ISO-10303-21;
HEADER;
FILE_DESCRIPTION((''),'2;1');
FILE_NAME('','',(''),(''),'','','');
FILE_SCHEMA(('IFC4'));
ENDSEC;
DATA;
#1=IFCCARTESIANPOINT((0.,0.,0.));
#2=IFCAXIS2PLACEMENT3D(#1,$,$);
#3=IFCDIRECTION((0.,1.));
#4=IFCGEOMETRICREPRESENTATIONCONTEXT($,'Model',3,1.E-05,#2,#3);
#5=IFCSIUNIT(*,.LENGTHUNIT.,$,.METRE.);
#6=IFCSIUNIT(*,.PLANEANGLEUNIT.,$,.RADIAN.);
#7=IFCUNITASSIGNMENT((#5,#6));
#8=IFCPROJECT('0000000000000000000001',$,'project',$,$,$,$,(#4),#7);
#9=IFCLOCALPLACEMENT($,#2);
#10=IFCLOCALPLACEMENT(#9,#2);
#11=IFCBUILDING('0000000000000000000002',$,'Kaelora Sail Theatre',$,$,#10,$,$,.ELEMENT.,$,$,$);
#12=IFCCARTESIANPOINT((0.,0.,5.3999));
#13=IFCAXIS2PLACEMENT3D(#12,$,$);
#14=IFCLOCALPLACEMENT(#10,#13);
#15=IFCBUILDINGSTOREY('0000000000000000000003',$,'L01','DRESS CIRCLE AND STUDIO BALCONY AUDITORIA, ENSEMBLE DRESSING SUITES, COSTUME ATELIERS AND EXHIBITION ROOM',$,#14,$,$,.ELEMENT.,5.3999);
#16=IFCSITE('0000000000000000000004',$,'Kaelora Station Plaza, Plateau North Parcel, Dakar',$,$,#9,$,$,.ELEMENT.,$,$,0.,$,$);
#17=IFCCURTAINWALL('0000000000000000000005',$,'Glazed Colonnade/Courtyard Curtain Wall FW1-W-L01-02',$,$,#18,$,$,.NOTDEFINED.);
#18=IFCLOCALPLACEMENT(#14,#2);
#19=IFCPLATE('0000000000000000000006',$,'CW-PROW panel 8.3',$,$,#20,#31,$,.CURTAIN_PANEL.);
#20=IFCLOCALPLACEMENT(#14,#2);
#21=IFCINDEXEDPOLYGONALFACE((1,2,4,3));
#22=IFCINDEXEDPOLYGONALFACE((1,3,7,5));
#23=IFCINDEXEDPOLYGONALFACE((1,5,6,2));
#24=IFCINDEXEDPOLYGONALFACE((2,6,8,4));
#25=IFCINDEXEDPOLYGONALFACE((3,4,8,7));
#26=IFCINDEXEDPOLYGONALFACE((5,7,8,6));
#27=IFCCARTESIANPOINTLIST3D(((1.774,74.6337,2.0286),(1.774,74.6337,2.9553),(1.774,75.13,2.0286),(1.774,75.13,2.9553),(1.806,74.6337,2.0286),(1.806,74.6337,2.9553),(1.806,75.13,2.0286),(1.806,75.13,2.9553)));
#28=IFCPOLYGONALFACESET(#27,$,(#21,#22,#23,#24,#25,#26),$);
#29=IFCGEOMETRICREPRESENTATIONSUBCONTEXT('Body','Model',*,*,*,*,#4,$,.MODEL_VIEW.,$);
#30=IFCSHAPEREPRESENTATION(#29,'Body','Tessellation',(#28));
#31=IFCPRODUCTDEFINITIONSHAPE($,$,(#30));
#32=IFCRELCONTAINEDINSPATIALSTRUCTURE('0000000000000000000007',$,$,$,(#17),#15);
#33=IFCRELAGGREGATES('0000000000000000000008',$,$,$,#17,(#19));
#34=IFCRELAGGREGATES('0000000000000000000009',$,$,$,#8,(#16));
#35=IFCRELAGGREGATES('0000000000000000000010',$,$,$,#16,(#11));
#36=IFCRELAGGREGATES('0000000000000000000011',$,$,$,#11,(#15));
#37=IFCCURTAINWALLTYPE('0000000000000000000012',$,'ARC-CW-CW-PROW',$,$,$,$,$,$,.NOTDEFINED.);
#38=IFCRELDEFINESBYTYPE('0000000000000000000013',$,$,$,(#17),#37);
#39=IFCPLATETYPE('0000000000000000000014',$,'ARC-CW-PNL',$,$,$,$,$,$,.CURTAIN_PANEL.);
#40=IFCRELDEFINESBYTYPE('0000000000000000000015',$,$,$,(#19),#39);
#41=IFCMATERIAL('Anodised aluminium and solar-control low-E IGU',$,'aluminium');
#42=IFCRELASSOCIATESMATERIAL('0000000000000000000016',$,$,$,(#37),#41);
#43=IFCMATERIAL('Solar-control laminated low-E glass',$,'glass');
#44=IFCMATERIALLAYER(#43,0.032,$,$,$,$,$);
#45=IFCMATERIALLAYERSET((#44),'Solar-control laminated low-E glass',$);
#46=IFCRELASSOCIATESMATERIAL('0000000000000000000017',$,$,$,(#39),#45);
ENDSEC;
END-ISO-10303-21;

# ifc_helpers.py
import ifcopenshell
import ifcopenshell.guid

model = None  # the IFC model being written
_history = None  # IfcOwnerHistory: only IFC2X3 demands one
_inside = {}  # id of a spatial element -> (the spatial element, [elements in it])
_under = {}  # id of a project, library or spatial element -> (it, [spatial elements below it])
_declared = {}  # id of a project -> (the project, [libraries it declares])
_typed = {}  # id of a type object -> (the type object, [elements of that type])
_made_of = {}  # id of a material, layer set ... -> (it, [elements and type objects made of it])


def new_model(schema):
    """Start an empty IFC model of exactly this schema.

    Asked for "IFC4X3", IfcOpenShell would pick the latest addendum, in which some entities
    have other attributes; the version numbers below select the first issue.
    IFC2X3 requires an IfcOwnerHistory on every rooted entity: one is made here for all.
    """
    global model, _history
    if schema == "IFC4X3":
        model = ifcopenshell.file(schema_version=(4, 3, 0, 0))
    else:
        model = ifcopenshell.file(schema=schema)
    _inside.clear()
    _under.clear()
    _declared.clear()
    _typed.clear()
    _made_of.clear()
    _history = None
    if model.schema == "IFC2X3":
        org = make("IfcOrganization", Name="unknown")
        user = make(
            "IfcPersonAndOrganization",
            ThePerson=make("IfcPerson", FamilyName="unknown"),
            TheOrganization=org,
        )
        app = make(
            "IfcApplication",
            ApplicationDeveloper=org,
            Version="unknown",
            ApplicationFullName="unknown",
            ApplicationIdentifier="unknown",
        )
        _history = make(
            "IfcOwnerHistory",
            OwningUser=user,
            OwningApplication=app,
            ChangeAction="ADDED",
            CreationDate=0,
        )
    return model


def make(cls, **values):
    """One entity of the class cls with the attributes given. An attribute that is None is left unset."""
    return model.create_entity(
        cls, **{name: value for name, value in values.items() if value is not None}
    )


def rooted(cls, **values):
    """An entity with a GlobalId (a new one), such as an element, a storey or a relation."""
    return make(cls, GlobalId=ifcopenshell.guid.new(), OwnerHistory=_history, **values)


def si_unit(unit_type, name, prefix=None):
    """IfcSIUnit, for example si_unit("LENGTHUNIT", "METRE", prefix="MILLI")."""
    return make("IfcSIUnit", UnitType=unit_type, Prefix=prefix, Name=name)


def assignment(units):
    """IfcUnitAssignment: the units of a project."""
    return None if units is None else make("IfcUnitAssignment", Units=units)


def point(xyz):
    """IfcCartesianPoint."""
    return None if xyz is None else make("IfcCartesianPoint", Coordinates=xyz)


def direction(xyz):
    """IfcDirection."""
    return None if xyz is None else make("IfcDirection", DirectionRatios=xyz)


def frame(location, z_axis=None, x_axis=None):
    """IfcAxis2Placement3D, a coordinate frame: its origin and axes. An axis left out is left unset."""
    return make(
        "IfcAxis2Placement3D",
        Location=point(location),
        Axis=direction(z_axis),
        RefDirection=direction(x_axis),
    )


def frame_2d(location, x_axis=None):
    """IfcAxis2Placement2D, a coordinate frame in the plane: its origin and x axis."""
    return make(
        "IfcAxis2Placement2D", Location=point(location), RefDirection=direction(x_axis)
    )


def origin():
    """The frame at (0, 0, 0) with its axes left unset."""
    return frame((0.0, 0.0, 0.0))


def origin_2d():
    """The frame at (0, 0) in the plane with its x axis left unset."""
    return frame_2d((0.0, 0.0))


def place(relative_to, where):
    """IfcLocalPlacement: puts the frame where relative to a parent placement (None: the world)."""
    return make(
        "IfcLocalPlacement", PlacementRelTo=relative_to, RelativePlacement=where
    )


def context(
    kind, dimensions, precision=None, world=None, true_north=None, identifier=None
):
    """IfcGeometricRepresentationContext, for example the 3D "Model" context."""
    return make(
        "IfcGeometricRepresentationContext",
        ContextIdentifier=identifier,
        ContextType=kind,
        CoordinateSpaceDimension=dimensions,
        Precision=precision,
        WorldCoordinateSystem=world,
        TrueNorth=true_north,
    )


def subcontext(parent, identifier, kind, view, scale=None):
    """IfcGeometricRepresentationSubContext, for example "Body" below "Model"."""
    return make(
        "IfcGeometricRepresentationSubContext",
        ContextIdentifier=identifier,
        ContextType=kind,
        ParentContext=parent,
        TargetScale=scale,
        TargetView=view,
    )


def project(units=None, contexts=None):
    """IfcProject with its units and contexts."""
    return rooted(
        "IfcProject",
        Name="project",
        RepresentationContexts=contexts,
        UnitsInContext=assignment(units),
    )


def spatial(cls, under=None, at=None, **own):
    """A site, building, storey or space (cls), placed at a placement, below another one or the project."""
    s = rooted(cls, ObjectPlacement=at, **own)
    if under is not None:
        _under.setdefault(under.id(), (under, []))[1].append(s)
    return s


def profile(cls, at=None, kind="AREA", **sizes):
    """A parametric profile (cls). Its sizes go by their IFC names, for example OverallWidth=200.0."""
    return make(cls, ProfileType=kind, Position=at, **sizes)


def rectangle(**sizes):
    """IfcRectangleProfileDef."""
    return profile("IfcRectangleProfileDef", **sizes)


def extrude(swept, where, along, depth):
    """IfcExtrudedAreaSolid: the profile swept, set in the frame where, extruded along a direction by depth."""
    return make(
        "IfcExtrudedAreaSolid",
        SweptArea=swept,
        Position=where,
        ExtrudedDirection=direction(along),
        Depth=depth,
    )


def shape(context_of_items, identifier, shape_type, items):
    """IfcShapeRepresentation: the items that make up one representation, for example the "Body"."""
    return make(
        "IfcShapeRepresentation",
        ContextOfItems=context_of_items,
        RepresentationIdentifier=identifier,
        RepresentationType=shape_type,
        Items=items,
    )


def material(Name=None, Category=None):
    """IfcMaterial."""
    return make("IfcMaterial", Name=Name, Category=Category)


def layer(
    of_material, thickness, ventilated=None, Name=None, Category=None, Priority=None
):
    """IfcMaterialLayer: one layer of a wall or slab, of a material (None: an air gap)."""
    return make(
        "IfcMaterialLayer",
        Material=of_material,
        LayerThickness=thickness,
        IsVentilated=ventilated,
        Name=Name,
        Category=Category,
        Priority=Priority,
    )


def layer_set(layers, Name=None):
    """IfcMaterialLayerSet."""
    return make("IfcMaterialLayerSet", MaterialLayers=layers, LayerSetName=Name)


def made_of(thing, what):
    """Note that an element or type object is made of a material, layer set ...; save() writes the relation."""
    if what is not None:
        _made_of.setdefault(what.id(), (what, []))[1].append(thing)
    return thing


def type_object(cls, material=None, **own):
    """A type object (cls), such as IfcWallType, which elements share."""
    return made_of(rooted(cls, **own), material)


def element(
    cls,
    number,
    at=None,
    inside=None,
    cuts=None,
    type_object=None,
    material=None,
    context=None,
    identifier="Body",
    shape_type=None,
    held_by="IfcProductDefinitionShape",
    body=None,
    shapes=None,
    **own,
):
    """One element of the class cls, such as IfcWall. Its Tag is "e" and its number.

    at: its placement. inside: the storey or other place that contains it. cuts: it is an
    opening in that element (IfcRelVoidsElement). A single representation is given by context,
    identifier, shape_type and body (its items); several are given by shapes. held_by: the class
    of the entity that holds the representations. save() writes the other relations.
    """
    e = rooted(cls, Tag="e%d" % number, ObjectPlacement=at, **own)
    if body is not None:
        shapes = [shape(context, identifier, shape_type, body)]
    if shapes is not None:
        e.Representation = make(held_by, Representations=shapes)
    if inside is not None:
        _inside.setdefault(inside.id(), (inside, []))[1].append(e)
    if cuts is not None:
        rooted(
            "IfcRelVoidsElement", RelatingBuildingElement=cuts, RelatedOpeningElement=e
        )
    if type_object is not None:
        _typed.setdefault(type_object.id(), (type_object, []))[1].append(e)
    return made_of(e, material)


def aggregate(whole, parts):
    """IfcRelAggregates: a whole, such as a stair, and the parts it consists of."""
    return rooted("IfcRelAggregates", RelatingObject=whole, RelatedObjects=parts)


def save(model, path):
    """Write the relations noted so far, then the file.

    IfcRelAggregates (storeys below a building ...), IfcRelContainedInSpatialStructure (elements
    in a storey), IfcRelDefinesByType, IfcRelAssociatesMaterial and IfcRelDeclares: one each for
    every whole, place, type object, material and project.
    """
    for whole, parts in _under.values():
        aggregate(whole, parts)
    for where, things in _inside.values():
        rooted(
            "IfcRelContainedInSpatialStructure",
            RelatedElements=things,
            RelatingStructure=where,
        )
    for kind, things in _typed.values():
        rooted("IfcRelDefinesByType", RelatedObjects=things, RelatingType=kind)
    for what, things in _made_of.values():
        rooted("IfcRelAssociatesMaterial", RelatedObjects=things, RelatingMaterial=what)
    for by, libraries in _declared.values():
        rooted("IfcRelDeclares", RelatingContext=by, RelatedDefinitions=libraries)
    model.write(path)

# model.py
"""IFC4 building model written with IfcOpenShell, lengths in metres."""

from ifc_helpers import new_model, si_unit, direction, frame, origin, origin_2d, place, context, subcontext, project, spatial, rectangle, extrude, material, layer, layer_set, type_object, element, aggregate, save


model = new_model("IFC4")

# Units and contexts
model_context = context("Model", 3, precision=1e-05, world=origin(), true_north=direction((0.0, 1.0)))
body_context = subcontext(model_context, "Body", "Model", "MODEL_VIEW")
ifc_project = project(units=[si_unit("LENGTHUNIT", "METRE"), si_unit("PLANEANGLEUNIT", "RADIAN")], contexts=[model_context])

# Site, building, storey
site_placement = place(None, origin())
site = spatial("IfcSite", under=ifc_project, at=site_placement, Name="Kaelora Station Plaza, Plateau North Parcel, Dakar", CompositionType="ELEMENT", RefElevation=0.0)
building_placement = place(site_placement, origin())
building = spatial("IfcBuilding", under=site, at=building_placement, Name="Kaelora Sail Theatre", CompositionType="ELEMENT")
storey_placement = place(building_placement, frame((0.0, 0.0, 5.3999)))
storey = spatial("IfcBuildingStorey", under=building, at=storey_placement, Name="L01", Description="DRESS CIRCLE AND STUDIO BALCONY AUDITORIA, ENSEMBLE DRESSING SUITES, COSTUME ATELIERS AND EXHIBITION ROOM", CompositionType="ELEMENT", Elevation=5.3999)

# Curtain wall, plate
ifc_material_1 = material(Name="Anodised aluminium and solar-control low-E IGU", Category="aluminium")
curtain_wall_type = type_object("IfcCurtainWallType", Name="ARC-CW-CW-PROW", PredefinedType="NOTDEFINED", material=ifc_material_1)
curtain_wall_placement = place(storey_placement, origin())
curtain_wall = element("IfcCurtainWall", 1, at=curtain_wall_placement, inside=storey, type_object=curtain_wall_type, Name="Glazed Colonnade/Courtyard Curtain Wall FW1-W-L01-02", PredefinedType="NOTDEFINED")
ifc_material_2 = material(Name="Solar-control laminated low-E glass", Category="glass")
ifc_layer = layer(ifc_material_2, 0.032)
ifc_layer_set = layer_set([ifc_layer], Name="Solar-control laminated low-E glass")
plate_type = type_object("IfcPlateType", Name="ARC-CW-PNL", PredefinedType="CURTAIN_PANEL", material=ifc_layer_set)
plate_1_placement = place(storey_placement, frame((1.79, 74.8818, 2.0286), z_axis=(0.0, 0.0, 1.0), x_axis=(0.0, 1.0, 0.0)))
plate_1 = element("IfcPlate", 2, at=plate_1_placement, type_object=plate_type, Name="CW-PROW panel 8.3", PredefinedType="CURTAIN_PANEL", context=body_context, shape_type="SweptSolid", body=[
    extrude(rectangle(XDim=0.4963, YDim=0.032, at=origin_2d()), origin(), (0.0, 0.0, 1.0), 0.9268),
])
aggregate(curtain_wall, [plate_1])

save(model, "model.ifc")
